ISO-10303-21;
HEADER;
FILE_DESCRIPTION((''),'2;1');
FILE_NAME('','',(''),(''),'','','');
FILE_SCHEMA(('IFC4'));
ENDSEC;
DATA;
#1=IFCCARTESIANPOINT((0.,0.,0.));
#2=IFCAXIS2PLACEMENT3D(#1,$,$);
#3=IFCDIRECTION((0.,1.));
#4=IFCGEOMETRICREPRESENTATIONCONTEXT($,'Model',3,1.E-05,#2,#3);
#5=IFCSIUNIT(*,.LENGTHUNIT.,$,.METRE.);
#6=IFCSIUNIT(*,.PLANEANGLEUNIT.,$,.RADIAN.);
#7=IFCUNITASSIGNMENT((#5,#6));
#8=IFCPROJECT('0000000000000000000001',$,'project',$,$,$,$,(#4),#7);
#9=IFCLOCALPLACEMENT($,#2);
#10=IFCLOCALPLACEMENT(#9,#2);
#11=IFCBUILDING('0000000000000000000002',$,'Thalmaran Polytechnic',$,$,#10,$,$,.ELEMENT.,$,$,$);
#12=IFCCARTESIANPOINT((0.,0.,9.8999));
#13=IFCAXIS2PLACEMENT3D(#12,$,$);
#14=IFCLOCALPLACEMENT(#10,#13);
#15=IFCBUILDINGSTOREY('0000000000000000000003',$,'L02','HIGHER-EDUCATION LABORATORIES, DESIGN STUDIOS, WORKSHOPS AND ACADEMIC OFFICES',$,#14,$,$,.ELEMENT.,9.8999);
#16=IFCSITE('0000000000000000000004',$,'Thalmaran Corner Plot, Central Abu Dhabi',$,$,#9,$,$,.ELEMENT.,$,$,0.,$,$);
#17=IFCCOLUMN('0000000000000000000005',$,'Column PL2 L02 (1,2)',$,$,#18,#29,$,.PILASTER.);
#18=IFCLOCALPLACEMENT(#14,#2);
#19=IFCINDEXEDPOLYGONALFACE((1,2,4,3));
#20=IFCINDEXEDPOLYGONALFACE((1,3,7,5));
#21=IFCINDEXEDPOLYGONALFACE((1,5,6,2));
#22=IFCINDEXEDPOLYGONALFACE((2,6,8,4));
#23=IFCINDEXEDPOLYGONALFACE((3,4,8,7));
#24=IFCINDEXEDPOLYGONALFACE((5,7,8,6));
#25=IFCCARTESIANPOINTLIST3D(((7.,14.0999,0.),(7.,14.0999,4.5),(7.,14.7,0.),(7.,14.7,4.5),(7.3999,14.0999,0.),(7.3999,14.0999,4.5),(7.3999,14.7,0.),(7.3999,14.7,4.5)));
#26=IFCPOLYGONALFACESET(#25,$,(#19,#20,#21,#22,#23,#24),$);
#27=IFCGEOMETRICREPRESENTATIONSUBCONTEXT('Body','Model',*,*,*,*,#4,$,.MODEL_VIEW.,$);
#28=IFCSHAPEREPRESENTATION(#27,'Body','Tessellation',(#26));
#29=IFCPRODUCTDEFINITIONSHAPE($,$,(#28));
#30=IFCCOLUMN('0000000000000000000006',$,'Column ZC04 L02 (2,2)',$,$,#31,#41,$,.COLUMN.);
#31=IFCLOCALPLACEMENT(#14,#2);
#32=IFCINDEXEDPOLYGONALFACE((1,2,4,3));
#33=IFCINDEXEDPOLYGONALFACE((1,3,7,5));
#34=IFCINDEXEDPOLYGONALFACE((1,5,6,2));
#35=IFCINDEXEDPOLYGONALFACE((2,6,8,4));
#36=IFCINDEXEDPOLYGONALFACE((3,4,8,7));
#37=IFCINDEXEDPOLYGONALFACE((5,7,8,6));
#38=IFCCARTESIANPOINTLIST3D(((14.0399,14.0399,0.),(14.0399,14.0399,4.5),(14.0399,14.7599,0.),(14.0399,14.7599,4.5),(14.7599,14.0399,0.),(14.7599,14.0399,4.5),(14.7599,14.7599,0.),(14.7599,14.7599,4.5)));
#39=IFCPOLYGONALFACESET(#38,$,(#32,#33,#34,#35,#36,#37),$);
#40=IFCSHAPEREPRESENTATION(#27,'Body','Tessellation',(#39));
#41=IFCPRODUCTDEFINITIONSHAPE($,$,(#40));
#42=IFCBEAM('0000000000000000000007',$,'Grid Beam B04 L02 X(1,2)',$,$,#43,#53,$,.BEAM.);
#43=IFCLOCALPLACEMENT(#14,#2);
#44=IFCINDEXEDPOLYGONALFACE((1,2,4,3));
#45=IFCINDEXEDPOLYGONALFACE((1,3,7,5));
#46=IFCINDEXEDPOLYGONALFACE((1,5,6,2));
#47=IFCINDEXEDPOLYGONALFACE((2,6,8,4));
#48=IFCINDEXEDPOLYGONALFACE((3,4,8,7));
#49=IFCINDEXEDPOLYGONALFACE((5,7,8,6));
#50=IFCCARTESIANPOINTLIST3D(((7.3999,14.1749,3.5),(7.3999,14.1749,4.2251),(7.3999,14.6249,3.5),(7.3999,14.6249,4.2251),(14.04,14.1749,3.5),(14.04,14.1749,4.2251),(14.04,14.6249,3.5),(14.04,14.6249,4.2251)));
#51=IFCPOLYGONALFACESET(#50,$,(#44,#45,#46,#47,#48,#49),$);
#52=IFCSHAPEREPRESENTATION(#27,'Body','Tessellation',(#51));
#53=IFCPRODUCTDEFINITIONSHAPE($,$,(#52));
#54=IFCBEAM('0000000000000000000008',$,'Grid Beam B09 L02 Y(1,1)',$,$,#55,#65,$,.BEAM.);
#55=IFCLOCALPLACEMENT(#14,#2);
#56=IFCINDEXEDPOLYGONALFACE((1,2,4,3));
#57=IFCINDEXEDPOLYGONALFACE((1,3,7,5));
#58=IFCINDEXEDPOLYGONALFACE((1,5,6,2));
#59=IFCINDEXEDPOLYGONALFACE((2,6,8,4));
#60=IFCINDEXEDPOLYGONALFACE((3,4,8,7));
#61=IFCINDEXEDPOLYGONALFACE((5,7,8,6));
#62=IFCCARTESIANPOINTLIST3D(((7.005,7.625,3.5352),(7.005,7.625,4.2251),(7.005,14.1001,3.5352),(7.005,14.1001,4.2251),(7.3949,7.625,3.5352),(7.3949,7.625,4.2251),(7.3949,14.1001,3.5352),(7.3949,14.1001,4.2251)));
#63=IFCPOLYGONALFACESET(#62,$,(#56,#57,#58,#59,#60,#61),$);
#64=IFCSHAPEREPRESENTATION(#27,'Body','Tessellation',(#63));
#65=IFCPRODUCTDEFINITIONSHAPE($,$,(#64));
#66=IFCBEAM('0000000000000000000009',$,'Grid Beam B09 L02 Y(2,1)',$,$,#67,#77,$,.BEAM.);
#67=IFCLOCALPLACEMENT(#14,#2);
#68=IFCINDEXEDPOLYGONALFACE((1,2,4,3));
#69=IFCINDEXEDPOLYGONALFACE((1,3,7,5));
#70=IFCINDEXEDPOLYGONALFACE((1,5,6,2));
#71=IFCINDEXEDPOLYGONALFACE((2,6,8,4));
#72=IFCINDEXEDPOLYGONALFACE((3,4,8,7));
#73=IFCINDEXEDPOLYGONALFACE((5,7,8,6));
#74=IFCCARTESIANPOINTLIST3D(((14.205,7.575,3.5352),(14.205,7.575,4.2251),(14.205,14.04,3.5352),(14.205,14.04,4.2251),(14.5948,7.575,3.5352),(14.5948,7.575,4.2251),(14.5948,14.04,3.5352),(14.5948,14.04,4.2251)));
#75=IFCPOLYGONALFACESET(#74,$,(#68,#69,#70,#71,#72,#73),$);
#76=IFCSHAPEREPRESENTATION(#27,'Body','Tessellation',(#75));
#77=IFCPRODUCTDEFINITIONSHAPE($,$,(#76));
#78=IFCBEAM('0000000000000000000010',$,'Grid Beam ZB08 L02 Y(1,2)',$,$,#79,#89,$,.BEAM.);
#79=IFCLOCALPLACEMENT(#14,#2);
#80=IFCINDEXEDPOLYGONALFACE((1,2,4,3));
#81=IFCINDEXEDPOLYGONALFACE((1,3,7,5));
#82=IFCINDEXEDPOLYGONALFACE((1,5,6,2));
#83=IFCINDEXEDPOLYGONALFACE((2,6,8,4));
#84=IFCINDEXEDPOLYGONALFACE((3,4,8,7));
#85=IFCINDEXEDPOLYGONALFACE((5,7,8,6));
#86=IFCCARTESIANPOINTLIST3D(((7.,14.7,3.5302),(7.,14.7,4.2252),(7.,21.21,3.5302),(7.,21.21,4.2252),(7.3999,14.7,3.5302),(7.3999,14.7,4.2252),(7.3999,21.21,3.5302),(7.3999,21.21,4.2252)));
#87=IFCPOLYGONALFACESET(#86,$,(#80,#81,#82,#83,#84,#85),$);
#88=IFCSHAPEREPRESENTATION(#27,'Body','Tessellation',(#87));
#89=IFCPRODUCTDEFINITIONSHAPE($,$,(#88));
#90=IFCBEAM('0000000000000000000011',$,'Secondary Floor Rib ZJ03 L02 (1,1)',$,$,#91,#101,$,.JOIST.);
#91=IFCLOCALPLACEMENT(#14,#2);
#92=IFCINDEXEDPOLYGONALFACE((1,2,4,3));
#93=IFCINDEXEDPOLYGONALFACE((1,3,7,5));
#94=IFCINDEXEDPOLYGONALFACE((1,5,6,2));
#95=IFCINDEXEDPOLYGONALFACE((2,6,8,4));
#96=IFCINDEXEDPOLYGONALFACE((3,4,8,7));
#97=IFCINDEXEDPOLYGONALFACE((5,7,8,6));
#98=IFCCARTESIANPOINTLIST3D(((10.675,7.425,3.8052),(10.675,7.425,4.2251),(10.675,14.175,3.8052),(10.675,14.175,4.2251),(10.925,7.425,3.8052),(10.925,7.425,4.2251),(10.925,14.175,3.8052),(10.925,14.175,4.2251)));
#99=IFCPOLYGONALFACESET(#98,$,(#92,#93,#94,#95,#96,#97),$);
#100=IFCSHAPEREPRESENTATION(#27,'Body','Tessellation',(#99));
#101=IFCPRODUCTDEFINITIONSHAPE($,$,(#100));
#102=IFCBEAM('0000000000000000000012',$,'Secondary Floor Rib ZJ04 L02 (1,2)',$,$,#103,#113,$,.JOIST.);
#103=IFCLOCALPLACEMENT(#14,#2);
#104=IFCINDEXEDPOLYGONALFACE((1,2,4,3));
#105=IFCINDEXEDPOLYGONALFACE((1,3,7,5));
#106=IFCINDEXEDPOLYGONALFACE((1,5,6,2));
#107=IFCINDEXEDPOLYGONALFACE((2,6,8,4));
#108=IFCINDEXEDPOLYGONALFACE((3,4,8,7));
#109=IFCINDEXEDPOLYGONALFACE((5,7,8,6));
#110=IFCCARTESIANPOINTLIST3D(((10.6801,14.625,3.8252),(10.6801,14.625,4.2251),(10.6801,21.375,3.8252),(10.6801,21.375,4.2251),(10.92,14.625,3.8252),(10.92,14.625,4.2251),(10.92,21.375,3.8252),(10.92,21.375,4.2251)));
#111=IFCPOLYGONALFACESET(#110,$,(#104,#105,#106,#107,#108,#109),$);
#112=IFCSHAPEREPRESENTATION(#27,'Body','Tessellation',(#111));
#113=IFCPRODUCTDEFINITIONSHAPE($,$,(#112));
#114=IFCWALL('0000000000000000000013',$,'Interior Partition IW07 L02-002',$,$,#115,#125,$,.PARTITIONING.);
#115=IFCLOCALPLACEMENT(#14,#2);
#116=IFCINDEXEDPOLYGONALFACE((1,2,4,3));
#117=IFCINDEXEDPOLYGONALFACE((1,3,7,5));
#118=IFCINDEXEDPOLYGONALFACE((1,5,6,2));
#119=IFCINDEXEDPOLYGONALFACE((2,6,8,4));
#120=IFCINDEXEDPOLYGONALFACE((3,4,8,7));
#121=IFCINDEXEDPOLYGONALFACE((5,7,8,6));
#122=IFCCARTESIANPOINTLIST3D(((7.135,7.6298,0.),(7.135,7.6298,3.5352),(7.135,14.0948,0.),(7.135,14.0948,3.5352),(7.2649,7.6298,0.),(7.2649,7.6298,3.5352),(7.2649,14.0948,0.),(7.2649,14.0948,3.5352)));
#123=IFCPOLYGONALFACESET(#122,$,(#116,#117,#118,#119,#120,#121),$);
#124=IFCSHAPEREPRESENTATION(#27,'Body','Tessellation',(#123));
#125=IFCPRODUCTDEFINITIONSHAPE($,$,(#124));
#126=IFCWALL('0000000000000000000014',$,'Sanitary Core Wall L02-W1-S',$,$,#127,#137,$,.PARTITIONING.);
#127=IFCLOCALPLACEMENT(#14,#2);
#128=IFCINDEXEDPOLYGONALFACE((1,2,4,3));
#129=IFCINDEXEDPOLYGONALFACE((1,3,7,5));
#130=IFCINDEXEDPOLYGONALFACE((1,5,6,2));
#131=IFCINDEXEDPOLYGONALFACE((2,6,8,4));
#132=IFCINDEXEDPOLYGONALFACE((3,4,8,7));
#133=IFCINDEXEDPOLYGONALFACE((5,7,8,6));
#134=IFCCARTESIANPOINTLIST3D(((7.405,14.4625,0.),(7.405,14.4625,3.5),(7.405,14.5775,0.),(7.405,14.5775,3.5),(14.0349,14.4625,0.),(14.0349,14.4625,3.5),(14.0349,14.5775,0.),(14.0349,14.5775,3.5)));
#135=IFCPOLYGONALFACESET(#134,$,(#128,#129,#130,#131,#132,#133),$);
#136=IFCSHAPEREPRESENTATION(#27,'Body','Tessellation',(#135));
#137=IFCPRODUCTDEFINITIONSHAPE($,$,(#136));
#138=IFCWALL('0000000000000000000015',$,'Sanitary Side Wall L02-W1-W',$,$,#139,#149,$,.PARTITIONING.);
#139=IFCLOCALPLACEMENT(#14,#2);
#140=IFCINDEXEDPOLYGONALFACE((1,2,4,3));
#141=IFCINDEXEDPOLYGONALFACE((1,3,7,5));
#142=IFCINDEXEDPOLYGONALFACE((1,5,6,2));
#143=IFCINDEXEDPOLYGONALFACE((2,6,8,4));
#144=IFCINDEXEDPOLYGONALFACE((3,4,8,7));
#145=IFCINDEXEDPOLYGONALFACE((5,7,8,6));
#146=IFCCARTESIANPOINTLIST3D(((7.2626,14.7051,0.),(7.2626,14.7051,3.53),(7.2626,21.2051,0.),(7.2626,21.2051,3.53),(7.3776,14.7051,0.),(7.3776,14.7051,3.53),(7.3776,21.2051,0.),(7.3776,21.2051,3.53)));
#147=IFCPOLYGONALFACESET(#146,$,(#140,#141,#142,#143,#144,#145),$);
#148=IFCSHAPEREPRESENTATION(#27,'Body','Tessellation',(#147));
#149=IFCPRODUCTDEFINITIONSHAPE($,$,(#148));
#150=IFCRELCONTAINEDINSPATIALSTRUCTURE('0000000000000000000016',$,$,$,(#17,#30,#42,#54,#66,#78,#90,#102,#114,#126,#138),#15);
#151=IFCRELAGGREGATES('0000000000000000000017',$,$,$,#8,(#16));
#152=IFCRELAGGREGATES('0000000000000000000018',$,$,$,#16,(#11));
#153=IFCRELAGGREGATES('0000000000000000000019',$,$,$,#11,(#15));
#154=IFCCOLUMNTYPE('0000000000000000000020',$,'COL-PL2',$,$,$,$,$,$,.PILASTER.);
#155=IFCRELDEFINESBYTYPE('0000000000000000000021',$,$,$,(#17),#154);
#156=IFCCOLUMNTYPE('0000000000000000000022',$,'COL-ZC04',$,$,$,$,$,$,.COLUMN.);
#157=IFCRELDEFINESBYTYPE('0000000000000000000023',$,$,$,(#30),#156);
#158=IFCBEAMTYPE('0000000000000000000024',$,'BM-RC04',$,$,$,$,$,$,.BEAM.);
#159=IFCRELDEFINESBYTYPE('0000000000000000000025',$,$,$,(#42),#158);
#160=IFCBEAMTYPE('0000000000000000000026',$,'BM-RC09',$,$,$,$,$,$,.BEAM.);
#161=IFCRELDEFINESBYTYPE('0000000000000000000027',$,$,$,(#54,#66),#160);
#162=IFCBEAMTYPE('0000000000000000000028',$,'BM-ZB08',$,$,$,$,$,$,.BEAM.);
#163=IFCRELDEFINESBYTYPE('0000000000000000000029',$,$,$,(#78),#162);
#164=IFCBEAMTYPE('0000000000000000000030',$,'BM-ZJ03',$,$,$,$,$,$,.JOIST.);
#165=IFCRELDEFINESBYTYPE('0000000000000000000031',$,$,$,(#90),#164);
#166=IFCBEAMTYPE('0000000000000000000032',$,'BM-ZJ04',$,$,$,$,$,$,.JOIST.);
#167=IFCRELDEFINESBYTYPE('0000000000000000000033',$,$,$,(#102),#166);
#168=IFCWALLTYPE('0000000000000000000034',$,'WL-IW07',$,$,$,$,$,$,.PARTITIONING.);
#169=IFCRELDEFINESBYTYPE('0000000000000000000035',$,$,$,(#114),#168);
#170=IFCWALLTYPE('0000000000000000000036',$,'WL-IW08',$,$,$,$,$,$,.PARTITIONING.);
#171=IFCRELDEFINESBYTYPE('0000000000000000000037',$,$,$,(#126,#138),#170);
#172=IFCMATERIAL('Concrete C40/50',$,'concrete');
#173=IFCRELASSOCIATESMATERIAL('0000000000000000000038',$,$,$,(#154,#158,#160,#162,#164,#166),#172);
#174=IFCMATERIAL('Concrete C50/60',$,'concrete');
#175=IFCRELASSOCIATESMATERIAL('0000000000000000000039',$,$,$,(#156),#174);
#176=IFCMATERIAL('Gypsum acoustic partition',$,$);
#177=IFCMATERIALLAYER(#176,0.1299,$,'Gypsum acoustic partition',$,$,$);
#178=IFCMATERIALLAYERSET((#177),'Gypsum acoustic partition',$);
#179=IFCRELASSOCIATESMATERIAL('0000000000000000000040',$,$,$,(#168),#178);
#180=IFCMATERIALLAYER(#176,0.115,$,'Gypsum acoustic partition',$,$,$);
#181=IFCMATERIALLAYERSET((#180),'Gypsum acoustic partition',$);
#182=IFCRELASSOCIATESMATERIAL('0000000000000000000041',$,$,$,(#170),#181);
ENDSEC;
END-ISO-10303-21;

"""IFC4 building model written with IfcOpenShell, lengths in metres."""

from ifc_helpers import new_model, si_unit, direction, frame, frame_2d, origin, origin_2d, place, context, subcontext, project, spatial, rectangle, extrude, material, layer, layer_set, material_profile, profile_set, type_object, element, save


model = new_model("IFC4")

# Units and contexts
model_context = context("Model", 3, precision=1e-05, world=origin(), true_north=direction((0.0, 1.0)))
body_context = subcontext(model_context, "Body", "Model", "MODEL_VIEW")
ifc_project = project(units=[si_unit("LENGTHUNIT", "METRE"), si_unit("PLANEANGLEUNIT", "RADIAN")], contexts=[model_context])

# Site, building, storey
site_placement = place(None, origin())
site = spatial("IfcSite", under=ifc_project, at=site_placement, Name="Thalmaran Corner Plot, Central Abu Dhabi", CompositionType="ELEMENT", RefElevation=0.0)
building_placement = place(site_placement, origin())
building = spatial("IfcBuilding", under=site, at=building_placement, Name="Thalmaran Polytechnic", CompositionType="ELEMENT")
storey_placement = place(building_placement, frame((0.0, 0.0, 9.8999)))
storey = spatial("IfcBuildingStorey", under=building, at=storey_placement, Name="L02", Description="HIGHER-EDUCATION LABORATORIES, DESIGN STUDIOS, WORKSHOPS AND ACADEMIC OFFICES", CompositionType="ELEMENT", Elevation=9.8999)

# Columns
ifc_material_1 = material(Name="Concrete C40/50", Category="concrete")
ifc_material_profile_1 = material_profile(ifc_material_1, rectangle(XDim=0.3999, YDim=0.6001, at=origin_2d()), Name="RC 400x600")
ifc_profile_set_1 = profile_set([ifc_material_profile_1], Name="Concrete C40/50")
column_type_1 = type_object("IfcColumnType", Name="COL-PL2", PredefinedType="PILASTER", material=ifc_profile_set_1)
column_1_placement = place(storey_placement, frame((7.2, 14.3999, 0.0), z_axis=(0.0, 0.0, 1.0), x_axis=(1.0, 0.0, 0.0)))
element("IfcColumn", 1, at=column_1_placement, inside=storey, type_object=column_type_1, Name="Column PL2 L02 (1,2)", PredefinedType="PILASTER", context=body_context, shape_type="SweptSolid", body=[
    extrude(rectangle(XDim=0.3999, YDim=0.6001, at=origin_2d()), origin(), (0.0, 0.0, 1.0), 4.5),
])
ifc_material_2 = material(Name="Concrete C50/60", Category="concrete")
ifc_material_profile_2 = material_profile(ifc_material_2, rectangle(XDim=0.72, YDim=0.72, at=origin_2d()), Name="RC 720x720")
ifc_profile_set_2 = profile_set([ifc_material_profile_2], Name="Concrete C50/60")
column_type_2 = type_object("IfcColumnType", Name="COL-ZC04", PredefinedType="COLUMN", material=ifc_profile_set_2)
column_2_placement = place(storey_placement, frame((14.3999, 14.3999, 0.0), z_axis=(0.0, 0.0, 1.0), x_axis=(1.0, 0.0, 0.0)))
element("IfcColumn", 2, at=column_2_placement, inside=storey, type_object=column_type_2, Name="Column ZC04 L02 (2,2)", PredefinedType="COLUMN", context=body_context, shape_type="SweptSolid", body=[
    extrude(rectangle(XDim=0.72, YDim=0.72, at=origin_2d()), origin(), (0.0, 0.0, 1.0), 4.5),
])

# Beams
ifc_material_profile_3 = material_profile(ifc_material_1, rectangle(XDim=0.45, YDim=0.7251, at=origin_2d()), Name="RC 450x725")
ifc_profile_set_3 = profile_set([ifc_material_profile_3], Name="Concrete C40/50")
beam_type_1 = type_object("IfcBeamType", Name="BM-RC04", PredefinedType="BEAM", material=ifc_profile_set_3)
beam_1_placement = place(storey_placement, frame((7.3999, 14.3999, 3.8625), z_axis=(1.0, 0.0, 0.0), x_axis=(0.0, 1.0, 0.0)))
element("IfcBeam", 3, at=beam_1_placement, inside=storey, type_object=beam_type_1, Name="Grid Beam B04 L02 X(1,2)", PredefinedType="BEAM", context=body_context, shape_type="SweptSolid", body=[
    extrude(rectangle(XDim=0.45, YDim=0.7251, at=origin_2d()), origin(), (0.0, 0.0, 1.0), 6.6401),
])
ifc_material_profile_4 = material_profile(ifc_material_1, rectangle(XDim=0.3899, YDim=0.6899, at=origin_2d()), Name="RC 390x690")
ifc_profile_set_4 = profile_set([ifc_material_profile_4], Name="Concrete C40/50")
beam_type_2 = type_object("IfcBeamType", Name="BM-RC09", PredefinedType="BEAM", material=ifc_profile_set_4)
beam_2_placement = place(storey_placement, frame((7.2, 7.625, 3.8801), z_axis=(0.0, 1.0, 0.0), x_axis=(-1.0, 0.0, 0.0)))
element("IfcBeam", 4, at=beam_2_placement, inside=storey, type_object=beam_type_2, Name="Grid Beam B09 L02 Y(1,1)", PredefinedType="BEAM", context=body_context, shape_type="SweptSolid", body=[
    extrude(rectangle(XDim=0.3899, YDim=0.6899, at=origin_2d()), origin(), (0.0, 0.0, 1.0), 6.4751),
])
beam_3_placement = place(storey_placement, frame((14.3999, 7.575, 3.8801), z_axis=(0.0, 1.0, 0.0), x_axis=(-1.0, 0.0, 0.0)))
element("IfcBeam", 5, at=beam_3_placement, inside=storey, type_object=beam_type_2, Name="Grid Beam B09 L02 Y(2,1)", PredefinedType="BEAM", context=body_context, shape_type="SweptSolid", body=[
    extrude(rectangle(XDim=0.3899, YDim=0.6899, at=origin_2d()), origin(), (0.0, 0.0, 1.0), 6.4651),
])
ifc_material_profile_5 = material_profile(ifc_material_1, rectangle(XDim=0.3999, YDim=0.6951, at=origin_2d()), Name="RC 400x695")
ifc_profile_set_5 = profile_set([ifc_material_profile_5], Name="Concrete C40/50")
beam_type_3 = type_object("IfcBeamType", Name="BM-ZB08", PredefinedType="BEAM", material=ifc_profile_set_5)
beam_4_placement = place(storey_placement, frame((7.2, 14.7, 3.8777), z_axis=(0.0, 1.0, 0.0), x_axis=(-1.0, 0.0, 0.0)))
element("IfcBeam", 6, at=beam_4_placement, inside=storey, type_object=beam_type_3, Name="Grid Beam ZB08 L02 Y(1,2)", PredefinedType="BEAM", context=body_context, shape_type="SweptSolid", body=[
    extrude(rectangle(XDim=0.3999, YDim=0.6951, at=origin_2d()), origin(), (0.0, 0.0, 1.0), 6.51),
])
ifc_material_profile_6 = material_profile(ifc_material_1, rectangle(XDim=0.25, YDim=0.4199, at=origin_2d()), Name="RC 250x420")
ifc_profile_set_6 = profile_set([ifc_material_profile_6], Name="Concrete C40/50")
beam_type_4 = type_object("IfcBeamType", Name="BM-ZJ03", PredefinedType="JOIST", material=ifc_profile_set_6)
beam_5_placement = place(storey_placement, frame((10.8, 7.425, 4.0151), z_axis=(0.0, 1.0, 0.0), x_axis=(-1.0, 0.0, 0.0)))
element("IfcBeam", 7, at=beam_5_placement, inside=storey, type_object=beam_type_4, Name="Secondary Floor Rib ZJ03 L02 (1,1)", PredefinedType="JOIST", context=body_context, shape_type="SweptSolid", body=[
    extrude(rectangle(XDim=0.25, YDim=0.4199, at=origin_2d()), origin(), (0.0, 0.0, 1.0), 6.75),
])
ifc_material_profile_7 = material_profile(ifc_material_1, rectangle(XDim=0.24, YDim=0.3999, at=origin_2d()), Name="RC 240x400")
ifc_profile_set_7 = profile_set([ifc_material_profile_7], Name="Concrete C40/50")
beam_type_5 = type_object("IfcBeamType", Name="BM-ZJ04", PredefinedType="JOIST", material=ifc_profile_set_7)
beam_6_placement = place(storey_placement, frame((10.8, 14.625, 4.0251), z_axis=(0.0, 1.0, 0.0), x_axis=(-1.0, 0.0, 0.0)))
element("IfcBeam", 8, at=beam_6_placement, inside=storey, type_object=beam_type_5, Name="Secondary Floor Rib ZJ04 L02 (1,2)", PredefinedType="JOIST", context=body_context, shape_type="SweptSolid", body=[
    extrude(rectangle(XDim=0.24, YDim=0.3999, at=origin_2d()), origin(), (0.0, 0.0, 1.0), 6.75),
])

# Walls
ifc_material_3 = material(Name="Gypsum acoustic partition")
ifc_layer_1 = layer(ifc_material_3, 0.1299, Name="Gypsum acoustic partition")
ifc_layer_set_1 = layer_set([ifc_layer_1], Name="Gypsum acoustic partition")
wall_type_1 = type_object("IfcWallType", Name="WL-IW07", PredefinedType="PARTITIONING", material=ifc_layer_set_1)
wall_1_placement = place(storey_placement, frame((7.2, 7.6299, 0.0), z_axis=(0.0, 0.0, 1.0), x_axis=(0.0, 1.0, 0.0)))
element("IfcWall", 9, at=wall_1_placement, inside=storey, type_object=wall_type_1, Name="Interior Partition IW07 L02-002", PredefinedType="PARTITIONING", context=body_context, shape_type="SweptSolid", body=[
    extrude(rectangle(XDim=6.4651, YDim=0.1299, at=frame_2d((3.2324, 0.0))), origin(), (0.0, 0.0, 1.0), 3.5352),
])
ifc_layer_2 = layer(ifc_material_3, 0.115, Name="Gypsum acoustic partition")
ifc_layer_set_2 = layer_set([ifc_layer_2], Name="Gypsum acoustic partition")
wall_type_2 = type_object("IfcWallType", Name="WL-IW08", PredefinedType="PARTITIONING", material=ifc_layer_set_2)
wall_2_placement = place(storey_placement, frame((7.405, 14.52, 0.0), z_axis=(0.0, 0.0, 1.0), x_axis=(1.0, 0.0, 0.0)))
element("IfcWall", 10, at=wall_2_placement, inside=storey, type_object=wall_type_2, Name="Sanitary Core Wall L02-W1-S", PredefinedType="PARTITIONING", context=body_context, shape_type="SweptSolid", body=[
    extrude(rectangle(XDim=6.6299, YDim=0.115, at=frame_2d((3.3149, 0.0))), origin(), (0.0, 0.0, 1.0), 3.5),
])
wall_3_placement = place(storey_placement, frame((7.3201, 14.7051, 0.0), z_axis=(0.0, 0.0, 1.0), x_axis=(0.0, 1.0, 0.0)))
element("IfcWall", 11, at=wall_3_placement, inside=storey, type_object=wall_type_2, Name="Sanitary Side Wall L02-W1-W", PredefinedType="PARTITIONING", context=body_context, shape_type="SweptSolid", body=[
    extrude(rectangle(XDim=6.5, YDim=0.115, at=frame_2d((3.25, 0.0))), origin(), (0.0, 0.0, 1.0), 3.53),
])

save(model, "model.ifc")
